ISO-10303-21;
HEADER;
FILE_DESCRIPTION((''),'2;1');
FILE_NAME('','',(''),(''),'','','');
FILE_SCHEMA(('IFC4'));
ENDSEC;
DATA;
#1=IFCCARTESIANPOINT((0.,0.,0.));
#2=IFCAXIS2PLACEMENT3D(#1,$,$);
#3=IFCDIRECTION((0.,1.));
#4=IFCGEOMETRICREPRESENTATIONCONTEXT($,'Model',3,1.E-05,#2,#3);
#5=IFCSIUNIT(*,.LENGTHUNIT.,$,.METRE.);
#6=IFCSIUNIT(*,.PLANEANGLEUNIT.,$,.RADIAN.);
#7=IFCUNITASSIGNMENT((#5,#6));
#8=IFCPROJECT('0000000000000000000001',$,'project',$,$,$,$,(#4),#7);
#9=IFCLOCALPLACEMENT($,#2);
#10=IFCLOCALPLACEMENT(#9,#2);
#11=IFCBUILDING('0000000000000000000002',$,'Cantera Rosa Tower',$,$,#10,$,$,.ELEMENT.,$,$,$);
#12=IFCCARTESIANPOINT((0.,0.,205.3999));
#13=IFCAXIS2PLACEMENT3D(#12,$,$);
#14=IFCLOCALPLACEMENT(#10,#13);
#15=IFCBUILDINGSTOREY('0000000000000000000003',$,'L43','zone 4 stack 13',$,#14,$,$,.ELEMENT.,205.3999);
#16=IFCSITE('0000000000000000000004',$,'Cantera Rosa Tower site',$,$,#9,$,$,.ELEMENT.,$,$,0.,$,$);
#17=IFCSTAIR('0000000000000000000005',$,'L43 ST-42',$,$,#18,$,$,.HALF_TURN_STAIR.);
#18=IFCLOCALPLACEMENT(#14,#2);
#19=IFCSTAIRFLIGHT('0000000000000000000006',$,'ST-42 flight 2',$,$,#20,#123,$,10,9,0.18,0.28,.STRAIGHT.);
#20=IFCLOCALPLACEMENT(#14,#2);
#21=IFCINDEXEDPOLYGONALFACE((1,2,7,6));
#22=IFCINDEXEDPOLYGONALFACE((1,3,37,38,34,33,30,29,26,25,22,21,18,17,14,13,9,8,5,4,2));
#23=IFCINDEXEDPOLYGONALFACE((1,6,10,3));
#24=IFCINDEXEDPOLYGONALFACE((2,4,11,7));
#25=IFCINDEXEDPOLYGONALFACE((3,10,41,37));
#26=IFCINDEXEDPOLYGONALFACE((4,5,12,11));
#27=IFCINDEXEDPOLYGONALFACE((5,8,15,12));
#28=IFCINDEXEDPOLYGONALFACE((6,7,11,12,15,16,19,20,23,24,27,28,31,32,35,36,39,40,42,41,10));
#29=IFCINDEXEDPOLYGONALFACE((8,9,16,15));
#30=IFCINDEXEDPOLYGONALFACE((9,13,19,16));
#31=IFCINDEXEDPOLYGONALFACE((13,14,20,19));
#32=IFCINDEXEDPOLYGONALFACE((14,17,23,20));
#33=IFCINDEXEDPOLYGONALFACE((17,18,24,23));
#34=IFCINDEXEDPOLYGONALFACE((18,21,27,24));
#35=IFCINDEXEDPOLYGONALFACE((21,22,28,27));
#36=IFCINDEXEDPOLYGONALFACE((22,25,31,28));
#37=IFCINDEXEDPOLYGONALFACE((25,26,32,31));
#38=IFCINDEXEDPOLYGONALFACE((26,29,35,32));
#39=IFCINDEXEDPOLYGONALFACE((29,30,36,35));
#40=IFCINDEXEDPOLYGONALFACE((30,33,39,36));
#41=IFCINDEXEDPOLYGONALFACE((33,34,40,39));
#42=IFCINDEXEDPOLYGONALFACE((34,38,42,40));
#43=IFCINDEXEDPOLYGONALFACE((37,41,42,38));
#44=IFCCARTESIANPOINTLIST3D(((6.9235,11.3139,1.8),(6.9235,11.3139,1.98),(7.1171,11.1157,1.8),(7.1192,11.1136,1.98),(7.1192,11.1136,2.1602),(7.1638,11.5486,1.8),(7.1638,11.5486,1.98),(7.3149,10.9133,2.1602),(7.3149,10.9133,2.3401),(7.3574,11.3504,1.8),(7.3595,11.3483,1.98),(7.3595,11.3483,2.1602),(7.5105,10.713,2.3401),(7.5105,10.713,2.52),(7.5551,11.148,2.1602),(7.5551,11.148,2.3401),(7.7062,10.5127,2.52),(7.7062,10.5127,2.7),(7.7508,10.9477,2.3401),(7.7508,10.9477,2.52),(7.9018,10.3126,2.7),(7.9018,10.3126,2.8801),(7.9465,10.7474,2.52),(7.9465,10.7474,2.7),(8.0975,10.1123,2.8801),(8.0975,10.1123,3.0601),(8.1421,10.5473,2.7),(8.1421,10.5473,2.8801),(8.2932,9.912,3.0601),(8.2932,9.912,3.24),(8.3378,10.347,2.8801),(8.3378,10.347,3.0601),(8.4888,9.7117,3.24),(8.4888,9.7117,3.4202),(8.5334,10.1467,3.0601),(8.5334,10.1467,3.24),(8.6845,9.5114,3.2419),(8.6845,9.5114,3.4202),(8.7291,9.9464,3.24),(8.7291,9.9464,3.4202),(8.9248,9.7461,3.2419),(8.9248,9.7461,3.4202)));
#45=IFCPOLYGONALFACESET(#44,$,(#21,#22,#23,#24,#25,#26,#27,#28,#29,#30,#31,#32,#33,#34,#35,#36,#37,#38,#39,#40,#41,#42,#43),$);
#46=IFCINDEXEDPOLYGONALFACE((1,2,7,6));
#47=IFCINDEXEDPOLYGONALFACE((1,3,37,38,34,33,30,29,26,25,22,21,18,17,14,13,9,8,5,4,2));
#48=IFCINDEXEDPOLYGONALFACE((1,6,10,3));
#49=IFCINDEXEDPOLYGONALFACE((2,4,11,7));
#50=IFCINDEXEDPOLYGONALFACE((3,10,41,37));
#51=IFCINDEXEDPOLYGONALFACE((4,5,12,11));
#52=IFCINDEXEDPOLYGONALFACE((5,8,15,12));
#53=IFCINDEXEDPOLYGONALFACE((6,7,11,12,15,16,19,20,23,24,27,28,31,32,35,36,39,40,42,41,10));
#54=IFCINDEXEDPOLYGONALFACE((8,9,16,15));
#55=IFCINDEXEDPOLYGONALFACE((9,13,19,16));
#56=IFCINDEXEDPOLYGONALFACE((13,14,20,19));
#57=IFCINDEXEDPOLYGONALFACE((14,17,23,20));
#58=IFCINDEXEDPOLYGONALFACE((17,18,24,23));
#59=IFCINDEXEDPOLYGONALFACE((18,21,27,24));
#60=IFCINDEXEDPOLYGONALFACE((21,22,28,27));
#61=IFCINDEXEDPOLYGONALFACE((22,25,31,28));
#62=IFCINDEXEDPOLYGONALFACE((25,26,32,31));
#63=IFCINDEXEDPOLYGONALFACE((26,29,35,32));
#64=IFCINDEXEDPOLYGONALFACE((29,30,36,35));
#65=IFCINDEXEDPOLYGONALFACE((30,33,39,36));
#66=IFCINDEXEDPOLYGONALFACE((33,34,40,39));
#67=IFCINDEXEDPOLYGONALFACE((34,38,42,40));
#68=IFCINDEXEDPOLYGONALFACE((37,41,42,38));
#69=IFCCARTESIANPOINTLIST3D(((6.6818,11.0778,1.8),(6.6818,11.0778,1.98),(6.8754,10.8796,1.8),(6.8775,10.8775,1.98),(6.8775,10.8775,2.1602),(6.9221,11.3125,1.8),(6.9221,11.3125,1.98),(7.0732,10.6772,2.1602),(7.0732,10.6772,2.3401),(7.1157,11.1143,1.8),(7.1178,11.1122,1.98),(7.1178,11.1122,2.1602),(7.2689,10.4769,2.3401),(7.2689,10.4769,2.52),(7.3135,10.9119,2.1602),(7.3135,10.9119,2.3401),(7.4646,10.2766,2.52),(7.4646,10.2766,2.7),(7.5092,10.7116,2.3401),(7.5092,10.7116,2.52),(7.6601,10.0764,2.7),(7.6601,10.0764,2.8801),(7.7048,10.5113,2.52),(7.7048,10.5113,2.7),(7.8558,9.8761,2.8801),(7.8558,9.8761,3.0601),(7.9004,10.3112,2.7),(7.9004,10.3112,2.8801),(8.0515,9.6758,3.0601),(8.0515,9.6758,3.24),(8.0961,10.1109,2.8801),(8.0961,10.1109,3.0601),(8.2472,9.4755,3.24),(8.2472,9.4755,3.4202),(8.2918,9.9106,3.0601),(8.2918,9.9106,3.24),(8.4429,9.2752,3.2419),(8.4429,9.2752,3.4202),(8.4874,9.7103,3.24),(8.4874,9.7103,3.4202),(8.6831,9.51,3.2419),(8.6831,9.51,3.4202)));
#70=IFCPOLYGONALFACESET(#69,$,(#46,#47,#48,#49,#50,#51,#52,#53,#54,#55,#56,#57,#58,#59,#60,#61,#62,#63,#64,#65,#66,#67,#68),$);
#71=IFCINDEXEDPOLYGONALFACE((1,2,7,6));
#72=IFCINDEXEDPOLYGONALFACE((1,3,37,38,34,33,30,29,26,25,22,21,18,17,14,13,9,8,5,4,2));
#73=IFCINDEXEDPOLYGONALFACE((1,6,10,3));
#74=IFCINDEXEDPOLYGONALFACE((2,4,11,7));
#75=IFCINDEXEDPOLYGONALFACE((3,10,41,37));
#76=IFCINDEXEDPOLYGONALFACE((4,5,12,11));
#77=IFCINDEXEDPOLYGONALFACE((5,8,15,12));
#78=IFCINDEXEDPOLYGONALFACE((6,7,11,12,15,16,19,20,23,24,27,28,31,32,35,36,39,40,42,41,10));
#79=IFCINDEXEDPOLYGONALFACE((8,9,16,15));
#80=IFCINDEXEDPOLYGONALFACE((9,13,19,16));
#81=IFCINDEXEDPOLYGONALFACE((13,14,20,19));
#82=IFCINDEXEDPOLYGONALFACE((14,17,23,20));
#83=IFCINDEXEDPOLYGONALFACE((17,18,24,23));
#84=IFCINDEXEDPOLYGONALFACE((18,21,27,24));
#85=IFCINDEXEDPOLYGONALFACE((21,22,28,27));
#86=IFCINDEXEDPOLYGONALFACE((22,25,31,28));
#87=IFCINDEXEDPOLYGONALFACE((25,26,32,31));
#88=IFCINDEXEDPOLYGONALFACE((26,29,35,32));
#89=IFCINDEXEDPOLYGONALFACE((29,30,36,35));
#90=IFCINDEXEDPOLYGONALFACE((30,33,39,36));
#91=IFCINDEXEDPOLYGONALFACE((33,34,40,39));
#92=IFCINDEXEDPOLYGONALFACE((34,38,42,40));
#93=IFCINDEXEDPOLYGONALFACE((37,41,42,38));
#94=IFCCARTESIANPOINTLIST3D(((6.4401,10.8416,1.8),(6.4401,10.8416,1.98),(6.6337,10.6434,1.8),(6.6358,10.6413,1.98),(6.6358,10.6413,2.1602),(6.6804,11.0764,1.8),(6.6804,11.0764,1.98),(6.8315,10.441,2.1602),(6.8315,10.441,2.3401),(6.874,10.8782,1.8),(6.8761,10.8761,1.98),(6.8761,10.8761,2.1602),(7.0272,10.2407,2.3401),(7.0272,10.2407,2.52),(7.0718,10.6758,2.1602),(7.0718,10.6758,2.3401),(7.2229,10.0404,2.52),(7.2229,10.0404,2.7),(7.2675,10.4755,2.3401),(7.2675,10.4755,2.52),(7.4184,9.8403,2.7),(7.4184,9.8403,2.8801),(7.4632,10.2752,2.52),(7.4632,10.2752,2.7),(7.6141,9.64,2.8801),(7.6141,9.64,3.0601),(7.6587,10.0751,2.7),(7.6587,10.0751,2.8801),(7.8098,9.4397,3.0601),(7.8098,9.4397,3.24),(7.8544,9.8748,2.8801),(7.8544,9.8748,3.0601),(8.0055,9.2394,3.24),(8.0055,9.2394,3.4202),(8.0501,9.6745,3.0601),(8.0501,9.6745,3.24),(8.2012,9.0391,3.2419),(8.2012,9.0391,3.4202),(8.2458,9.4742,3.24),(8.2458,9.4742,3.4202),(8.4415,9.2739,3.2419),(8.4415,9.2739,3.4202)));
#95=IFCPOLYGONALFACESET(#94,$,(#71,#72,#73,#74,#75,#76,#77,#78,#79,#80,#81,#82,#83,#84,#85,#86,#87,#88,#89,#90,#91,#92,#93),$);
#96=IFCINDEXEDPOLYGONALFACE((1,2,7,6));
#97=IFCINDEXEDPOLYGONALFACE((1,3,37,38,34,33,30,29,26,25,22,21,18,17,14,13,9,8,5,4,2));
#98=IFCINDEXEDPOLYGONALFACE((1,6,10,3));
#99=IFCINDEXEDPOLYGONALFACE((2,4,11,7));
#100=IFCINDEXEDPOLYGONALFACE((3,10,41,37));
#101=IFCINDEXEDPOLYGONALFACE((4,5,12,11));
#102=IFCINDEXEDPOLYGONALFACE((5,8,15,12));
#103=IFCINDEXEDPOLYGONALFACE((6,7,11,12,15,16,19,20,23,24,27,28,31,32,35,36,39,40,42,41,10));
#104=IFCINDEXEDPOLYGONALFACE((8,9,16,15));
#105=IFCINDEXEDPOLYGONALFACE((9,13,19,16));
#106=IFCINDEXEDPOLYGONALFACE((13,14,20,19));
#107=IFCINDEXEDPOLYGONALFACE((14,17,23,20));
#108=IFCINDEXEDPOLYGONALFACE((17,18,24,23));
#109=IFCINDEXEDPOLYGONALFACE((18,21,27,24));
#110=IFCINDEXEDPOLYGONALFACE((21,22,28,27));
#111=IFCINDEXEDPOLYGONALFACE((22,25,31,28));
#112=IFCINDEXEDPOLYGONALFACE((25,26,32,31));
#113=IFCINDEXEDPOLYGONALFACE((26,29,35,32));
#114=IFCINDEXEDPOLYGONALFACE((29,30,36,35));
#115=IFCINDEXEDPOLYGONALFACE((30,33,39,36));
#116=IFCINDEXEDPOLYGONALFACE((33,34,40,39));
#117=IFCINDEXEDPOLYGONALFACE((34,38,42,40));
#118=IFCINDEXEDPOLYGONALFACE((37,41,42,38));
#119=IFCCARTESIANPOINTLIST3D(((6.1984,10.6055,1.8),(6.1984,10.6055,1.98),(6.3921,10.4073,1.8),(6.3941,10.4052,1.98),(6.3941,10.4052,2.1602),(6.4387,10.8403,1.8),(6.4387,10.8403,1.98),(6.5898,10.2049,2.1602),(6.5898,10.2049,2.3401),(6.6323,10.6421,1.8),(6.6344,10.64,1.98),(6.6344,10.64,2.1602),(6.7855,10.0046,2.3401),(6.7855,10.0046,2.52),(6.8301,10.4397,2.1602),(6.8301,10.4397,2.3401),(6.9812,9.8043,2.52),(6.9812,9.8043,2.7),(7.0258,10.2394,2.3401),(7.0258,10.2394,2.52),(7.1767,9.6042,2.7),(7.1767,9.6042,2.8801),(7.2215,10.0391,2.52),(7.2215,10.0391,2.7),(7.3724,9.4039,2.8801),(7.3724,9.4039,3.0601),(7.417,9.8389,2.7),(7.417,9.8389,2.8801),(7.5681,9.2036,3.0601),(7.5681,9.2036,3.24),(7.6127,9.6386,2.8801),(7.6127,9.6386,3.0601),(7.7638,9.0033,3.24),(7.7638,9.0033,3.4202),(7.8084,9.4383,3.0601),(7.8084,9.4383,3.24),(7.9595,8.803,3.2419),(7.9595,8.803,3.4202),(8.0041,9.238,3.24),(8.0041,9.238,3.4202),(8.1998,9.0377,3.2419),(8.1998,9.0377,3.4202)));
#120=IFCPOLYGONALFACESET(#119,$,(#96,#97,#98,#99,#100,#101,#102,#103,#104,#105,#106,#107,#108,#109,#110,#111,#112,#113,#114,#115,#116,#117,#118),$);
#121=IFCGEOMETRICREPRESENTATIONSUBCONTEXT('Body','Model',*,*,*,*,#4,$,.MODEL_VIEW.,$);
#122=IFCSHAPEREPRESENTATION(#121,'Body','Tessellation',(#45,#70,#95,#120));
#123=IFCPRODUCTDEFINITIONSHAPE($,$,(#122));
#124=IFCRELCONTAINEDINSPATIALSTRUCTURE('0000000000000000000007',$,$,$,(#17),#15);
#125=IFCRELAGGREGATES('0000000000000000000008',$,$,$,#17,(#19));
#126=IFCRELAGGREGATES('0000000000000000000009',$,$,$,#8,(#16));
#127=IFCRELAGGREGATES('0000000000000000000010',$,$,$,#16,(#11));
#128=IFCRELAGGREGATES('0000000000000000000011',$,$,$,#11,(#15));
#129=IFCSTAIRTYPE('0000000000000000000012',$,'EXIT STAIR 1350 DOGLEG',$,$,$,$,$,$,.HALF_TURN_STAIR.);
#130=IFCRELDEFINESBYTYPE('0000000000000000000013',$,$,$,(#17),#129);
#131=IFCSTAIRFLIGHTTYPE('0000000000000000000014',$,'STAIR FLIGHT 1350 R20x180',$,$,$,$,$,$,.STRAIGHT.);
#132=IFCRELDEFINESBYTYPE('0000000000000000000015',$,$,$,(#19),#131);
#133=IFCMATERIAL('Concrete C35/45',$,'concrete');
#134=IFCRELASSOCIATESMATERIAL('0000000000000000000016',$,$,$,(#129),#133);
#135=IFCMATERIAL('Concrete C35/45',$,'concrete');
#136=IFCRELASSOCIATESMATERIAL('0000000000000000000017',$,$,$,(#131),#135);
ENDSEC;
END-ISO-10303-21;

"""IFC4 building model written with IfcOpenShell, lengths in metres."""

from ifc_helpers import new_model, si_unit, direction, frame, origin, place, context, subcontext, project, spatial, polyline, outline, extrude, material, type_object, element, aggregate, save


model = new_model("IFC4")

# Units and contexts
model_context = context("Model", 3, precision=1e-05, world=origin(), true_north=direction((0.0, 1.0)))
body_context = subcontext(model_context, "Body", "Model", "MODEL_VIEW")
ifc_project = project(units=[si_unit("LENGTHUNIT", "METRE"), si_unit("PLANEANGLEUNIT", "RADIAN")], contexts=[model_context])

# Site, building, storey
site_placement = place(None, origin())
site = spatial("IfcSite", under=ifc_project, at=site_placement, Name="Cantera Rosa Tower site", CompositionType="ELEMENT", RefElevation=0.0)
building_placement = place(site_placement, origin())
building = spatial("IfcBuilding", under=site, at=building_placement, Name="Cantera Rosa Tower", CompositionType="ELEMENT")
storey_placement = place(building_placement, frame((0.0, 0.0, 205.3999)))
storey = spatial("IfcBuildingStorey", under=building, at=storey_placement, Name="L43", Description="zone 4 stack 13", CompositionType="ELEMENT", Elevation=205.3999)

# Stair, stair flight
ifc_material_1 = material(Name="Concrete C35/45", Category="concrete")
stair_type = type_object("IfcStairType", Name="EXIT STAIR 1350 DOGLEG", PredefinedType="HALF_TURN_STAIR", material=ifc_material_1)
stair_placement = place(storey_placement, origin())
stair = element("IfcStair", 1, at=stair_placement, inside=storey, type_object=stair_type, Name="L43 ST-42", PredefinedType="HALF_TURN_STAIR")
ifc_material_2 = material(Name="Concrete C35/45", Category="concrete")
stair_flight_type = type_object("IfcStairFlightType", Name="STAIR FLIGHT 1350 R20x180", PredefinedType="STRAIGHT", material=ifc_material_2)
stair_flight_1_placement = place(storey_placement, frame((6.6809, 11.0769, 1.8), z_axis=(0.0, 0.0, 1.0), x_axis=(0.698832, -0.715286, 0.0)))
stair_flight_1 = element("IfcStairFlight", 2, at=stair_flight_1_placement, type_object=stair_flight_type, Name="ST-42 flight 2", NumberOfRisers=10, NumberOfTreads=9, PredefinedType="STRAIGHT", RiserHeight=0.18, TreadLength=0.28, context=body_context, shape_type="SweptSolid", body=[
    extrude(outline(polyline([(0.0, 0.0), (0.0, 0.1799), (0.28, 0.1799), (0.28, 0.3601), (0.5601, 0.3601), (0.5601, 0.54), (0.8401, 0.54), (0.8401, 0.72), (1.1201, 0.72), (1.1201, 0.8999), (1.3999, 0.8999), (1.3999, 1.0801), (1.6799, 1.0801), (1.6799, 1.26), (1.96, 1.26), (1.96, 1.4399), (2.24, 1.4399), (2.24, 1.6201), (2.52, 1.6201), (2.52, 1.8), (2.52, 1.4419), (0.2771, 0.0), (0.0, 0.0)])), frame((0.0, 0.675, 0.0), z_axis=(0.0, -1.0, 0.0), x_axis=(1.0, 0.0, 0.0)), (0.0, 0.0, 1.0), 0.3359),
    extrude(outline(polyline([(0.0, 0.0), (0.0, 0.1799), (0.28, 0.1799), (0.28, 0.3601), (0.5601, 0.3601), (0.5601, 0.54), (0.8401, 0.54), (0.8401, 0.72), (1.1201, 0.72), (1.1201, 0.8999), (1.3999, 0.8999), (1.3999, 1.0801), (1.6799, 1.0801), (1.6799, 1.26), (1.96, 1.26), (1.96, 1.4399), (2.24, 1.4399), (2.24, 1.6201), (2.52, 1.6201), (2.52, 1.8), (2.52, 1.4419), (0.2771, 0.0), (0.0, 0.0)])), frame((0.0, 0.3372, 0.0), z_axis=(0.0, -1.0, 0.0), x_axis=(1.0, 0.0, 0.0)), (0.0, 0.0, 1.0), 0.3359),
    extrude(outline(polyline([(0.0, 0.0), (0.0, 0.1799), (0.28, 0.1799), (0.28, 0.3601), (0.5601, 0.3601), (0.5601, 0.54), (0.8401, 0.54), (0.8401, 0.72), (1.1201, 0.72), (1.1201, 0.8999), (1.3999, 0.8999), (1.3999, 1.0801), (1.6799, 1.0801), (1.6799, 1.26), (1.96, 1.26), (1.96, 1.4399), (2.24, 1.4399), (2.24, 1.6201), (2.52, 1.6201), (2.52, 1.8), (2.52, 1.4419), (0.2771, 0.0), (0.0, 0.0)])), frame((0.0, -0.0007, 0.0), z_axis=(0.0, -1.0, 0.0), x_axis=(1.0, 0.0, 0.0)), (0.0, 0.0, 1.0), 0.3359),
    extrude(outline(polyline([(0.0, 0.0), (0.0, 0.1799), (0.28, 0.1799), (0.28, 0.3601), (0.5601, 0.3601), (0.5601, 0.54), (0.8401, 0.54), (0.8401, 0.72), (1.1201, 0.72), (1.1201, 0.8999), (1.3999, 0.8999), (1.3999, 1.0801), (1.6799, 1.0801), (1.6799, 1.26), (1.96, 1.26), (1.96, 1.4399), (2.24, 1.4399), (2.24, 1.6201), (2.52, 1.6201), (2.52, 1.8), (2.52, 1.4419), (0.2771, 0.0), (0.0, 0.0)])), frame((0.0, -0.3386, 0.0), z_axis=(0.0, -1.0, 0.0), x_axis=(1.0, 0.0, 0.0)), (0.0, 0.0, 1.0), 0.3359),
])
aggregate(stair, [stair_flight_1])

save(model, "model.ifc")
